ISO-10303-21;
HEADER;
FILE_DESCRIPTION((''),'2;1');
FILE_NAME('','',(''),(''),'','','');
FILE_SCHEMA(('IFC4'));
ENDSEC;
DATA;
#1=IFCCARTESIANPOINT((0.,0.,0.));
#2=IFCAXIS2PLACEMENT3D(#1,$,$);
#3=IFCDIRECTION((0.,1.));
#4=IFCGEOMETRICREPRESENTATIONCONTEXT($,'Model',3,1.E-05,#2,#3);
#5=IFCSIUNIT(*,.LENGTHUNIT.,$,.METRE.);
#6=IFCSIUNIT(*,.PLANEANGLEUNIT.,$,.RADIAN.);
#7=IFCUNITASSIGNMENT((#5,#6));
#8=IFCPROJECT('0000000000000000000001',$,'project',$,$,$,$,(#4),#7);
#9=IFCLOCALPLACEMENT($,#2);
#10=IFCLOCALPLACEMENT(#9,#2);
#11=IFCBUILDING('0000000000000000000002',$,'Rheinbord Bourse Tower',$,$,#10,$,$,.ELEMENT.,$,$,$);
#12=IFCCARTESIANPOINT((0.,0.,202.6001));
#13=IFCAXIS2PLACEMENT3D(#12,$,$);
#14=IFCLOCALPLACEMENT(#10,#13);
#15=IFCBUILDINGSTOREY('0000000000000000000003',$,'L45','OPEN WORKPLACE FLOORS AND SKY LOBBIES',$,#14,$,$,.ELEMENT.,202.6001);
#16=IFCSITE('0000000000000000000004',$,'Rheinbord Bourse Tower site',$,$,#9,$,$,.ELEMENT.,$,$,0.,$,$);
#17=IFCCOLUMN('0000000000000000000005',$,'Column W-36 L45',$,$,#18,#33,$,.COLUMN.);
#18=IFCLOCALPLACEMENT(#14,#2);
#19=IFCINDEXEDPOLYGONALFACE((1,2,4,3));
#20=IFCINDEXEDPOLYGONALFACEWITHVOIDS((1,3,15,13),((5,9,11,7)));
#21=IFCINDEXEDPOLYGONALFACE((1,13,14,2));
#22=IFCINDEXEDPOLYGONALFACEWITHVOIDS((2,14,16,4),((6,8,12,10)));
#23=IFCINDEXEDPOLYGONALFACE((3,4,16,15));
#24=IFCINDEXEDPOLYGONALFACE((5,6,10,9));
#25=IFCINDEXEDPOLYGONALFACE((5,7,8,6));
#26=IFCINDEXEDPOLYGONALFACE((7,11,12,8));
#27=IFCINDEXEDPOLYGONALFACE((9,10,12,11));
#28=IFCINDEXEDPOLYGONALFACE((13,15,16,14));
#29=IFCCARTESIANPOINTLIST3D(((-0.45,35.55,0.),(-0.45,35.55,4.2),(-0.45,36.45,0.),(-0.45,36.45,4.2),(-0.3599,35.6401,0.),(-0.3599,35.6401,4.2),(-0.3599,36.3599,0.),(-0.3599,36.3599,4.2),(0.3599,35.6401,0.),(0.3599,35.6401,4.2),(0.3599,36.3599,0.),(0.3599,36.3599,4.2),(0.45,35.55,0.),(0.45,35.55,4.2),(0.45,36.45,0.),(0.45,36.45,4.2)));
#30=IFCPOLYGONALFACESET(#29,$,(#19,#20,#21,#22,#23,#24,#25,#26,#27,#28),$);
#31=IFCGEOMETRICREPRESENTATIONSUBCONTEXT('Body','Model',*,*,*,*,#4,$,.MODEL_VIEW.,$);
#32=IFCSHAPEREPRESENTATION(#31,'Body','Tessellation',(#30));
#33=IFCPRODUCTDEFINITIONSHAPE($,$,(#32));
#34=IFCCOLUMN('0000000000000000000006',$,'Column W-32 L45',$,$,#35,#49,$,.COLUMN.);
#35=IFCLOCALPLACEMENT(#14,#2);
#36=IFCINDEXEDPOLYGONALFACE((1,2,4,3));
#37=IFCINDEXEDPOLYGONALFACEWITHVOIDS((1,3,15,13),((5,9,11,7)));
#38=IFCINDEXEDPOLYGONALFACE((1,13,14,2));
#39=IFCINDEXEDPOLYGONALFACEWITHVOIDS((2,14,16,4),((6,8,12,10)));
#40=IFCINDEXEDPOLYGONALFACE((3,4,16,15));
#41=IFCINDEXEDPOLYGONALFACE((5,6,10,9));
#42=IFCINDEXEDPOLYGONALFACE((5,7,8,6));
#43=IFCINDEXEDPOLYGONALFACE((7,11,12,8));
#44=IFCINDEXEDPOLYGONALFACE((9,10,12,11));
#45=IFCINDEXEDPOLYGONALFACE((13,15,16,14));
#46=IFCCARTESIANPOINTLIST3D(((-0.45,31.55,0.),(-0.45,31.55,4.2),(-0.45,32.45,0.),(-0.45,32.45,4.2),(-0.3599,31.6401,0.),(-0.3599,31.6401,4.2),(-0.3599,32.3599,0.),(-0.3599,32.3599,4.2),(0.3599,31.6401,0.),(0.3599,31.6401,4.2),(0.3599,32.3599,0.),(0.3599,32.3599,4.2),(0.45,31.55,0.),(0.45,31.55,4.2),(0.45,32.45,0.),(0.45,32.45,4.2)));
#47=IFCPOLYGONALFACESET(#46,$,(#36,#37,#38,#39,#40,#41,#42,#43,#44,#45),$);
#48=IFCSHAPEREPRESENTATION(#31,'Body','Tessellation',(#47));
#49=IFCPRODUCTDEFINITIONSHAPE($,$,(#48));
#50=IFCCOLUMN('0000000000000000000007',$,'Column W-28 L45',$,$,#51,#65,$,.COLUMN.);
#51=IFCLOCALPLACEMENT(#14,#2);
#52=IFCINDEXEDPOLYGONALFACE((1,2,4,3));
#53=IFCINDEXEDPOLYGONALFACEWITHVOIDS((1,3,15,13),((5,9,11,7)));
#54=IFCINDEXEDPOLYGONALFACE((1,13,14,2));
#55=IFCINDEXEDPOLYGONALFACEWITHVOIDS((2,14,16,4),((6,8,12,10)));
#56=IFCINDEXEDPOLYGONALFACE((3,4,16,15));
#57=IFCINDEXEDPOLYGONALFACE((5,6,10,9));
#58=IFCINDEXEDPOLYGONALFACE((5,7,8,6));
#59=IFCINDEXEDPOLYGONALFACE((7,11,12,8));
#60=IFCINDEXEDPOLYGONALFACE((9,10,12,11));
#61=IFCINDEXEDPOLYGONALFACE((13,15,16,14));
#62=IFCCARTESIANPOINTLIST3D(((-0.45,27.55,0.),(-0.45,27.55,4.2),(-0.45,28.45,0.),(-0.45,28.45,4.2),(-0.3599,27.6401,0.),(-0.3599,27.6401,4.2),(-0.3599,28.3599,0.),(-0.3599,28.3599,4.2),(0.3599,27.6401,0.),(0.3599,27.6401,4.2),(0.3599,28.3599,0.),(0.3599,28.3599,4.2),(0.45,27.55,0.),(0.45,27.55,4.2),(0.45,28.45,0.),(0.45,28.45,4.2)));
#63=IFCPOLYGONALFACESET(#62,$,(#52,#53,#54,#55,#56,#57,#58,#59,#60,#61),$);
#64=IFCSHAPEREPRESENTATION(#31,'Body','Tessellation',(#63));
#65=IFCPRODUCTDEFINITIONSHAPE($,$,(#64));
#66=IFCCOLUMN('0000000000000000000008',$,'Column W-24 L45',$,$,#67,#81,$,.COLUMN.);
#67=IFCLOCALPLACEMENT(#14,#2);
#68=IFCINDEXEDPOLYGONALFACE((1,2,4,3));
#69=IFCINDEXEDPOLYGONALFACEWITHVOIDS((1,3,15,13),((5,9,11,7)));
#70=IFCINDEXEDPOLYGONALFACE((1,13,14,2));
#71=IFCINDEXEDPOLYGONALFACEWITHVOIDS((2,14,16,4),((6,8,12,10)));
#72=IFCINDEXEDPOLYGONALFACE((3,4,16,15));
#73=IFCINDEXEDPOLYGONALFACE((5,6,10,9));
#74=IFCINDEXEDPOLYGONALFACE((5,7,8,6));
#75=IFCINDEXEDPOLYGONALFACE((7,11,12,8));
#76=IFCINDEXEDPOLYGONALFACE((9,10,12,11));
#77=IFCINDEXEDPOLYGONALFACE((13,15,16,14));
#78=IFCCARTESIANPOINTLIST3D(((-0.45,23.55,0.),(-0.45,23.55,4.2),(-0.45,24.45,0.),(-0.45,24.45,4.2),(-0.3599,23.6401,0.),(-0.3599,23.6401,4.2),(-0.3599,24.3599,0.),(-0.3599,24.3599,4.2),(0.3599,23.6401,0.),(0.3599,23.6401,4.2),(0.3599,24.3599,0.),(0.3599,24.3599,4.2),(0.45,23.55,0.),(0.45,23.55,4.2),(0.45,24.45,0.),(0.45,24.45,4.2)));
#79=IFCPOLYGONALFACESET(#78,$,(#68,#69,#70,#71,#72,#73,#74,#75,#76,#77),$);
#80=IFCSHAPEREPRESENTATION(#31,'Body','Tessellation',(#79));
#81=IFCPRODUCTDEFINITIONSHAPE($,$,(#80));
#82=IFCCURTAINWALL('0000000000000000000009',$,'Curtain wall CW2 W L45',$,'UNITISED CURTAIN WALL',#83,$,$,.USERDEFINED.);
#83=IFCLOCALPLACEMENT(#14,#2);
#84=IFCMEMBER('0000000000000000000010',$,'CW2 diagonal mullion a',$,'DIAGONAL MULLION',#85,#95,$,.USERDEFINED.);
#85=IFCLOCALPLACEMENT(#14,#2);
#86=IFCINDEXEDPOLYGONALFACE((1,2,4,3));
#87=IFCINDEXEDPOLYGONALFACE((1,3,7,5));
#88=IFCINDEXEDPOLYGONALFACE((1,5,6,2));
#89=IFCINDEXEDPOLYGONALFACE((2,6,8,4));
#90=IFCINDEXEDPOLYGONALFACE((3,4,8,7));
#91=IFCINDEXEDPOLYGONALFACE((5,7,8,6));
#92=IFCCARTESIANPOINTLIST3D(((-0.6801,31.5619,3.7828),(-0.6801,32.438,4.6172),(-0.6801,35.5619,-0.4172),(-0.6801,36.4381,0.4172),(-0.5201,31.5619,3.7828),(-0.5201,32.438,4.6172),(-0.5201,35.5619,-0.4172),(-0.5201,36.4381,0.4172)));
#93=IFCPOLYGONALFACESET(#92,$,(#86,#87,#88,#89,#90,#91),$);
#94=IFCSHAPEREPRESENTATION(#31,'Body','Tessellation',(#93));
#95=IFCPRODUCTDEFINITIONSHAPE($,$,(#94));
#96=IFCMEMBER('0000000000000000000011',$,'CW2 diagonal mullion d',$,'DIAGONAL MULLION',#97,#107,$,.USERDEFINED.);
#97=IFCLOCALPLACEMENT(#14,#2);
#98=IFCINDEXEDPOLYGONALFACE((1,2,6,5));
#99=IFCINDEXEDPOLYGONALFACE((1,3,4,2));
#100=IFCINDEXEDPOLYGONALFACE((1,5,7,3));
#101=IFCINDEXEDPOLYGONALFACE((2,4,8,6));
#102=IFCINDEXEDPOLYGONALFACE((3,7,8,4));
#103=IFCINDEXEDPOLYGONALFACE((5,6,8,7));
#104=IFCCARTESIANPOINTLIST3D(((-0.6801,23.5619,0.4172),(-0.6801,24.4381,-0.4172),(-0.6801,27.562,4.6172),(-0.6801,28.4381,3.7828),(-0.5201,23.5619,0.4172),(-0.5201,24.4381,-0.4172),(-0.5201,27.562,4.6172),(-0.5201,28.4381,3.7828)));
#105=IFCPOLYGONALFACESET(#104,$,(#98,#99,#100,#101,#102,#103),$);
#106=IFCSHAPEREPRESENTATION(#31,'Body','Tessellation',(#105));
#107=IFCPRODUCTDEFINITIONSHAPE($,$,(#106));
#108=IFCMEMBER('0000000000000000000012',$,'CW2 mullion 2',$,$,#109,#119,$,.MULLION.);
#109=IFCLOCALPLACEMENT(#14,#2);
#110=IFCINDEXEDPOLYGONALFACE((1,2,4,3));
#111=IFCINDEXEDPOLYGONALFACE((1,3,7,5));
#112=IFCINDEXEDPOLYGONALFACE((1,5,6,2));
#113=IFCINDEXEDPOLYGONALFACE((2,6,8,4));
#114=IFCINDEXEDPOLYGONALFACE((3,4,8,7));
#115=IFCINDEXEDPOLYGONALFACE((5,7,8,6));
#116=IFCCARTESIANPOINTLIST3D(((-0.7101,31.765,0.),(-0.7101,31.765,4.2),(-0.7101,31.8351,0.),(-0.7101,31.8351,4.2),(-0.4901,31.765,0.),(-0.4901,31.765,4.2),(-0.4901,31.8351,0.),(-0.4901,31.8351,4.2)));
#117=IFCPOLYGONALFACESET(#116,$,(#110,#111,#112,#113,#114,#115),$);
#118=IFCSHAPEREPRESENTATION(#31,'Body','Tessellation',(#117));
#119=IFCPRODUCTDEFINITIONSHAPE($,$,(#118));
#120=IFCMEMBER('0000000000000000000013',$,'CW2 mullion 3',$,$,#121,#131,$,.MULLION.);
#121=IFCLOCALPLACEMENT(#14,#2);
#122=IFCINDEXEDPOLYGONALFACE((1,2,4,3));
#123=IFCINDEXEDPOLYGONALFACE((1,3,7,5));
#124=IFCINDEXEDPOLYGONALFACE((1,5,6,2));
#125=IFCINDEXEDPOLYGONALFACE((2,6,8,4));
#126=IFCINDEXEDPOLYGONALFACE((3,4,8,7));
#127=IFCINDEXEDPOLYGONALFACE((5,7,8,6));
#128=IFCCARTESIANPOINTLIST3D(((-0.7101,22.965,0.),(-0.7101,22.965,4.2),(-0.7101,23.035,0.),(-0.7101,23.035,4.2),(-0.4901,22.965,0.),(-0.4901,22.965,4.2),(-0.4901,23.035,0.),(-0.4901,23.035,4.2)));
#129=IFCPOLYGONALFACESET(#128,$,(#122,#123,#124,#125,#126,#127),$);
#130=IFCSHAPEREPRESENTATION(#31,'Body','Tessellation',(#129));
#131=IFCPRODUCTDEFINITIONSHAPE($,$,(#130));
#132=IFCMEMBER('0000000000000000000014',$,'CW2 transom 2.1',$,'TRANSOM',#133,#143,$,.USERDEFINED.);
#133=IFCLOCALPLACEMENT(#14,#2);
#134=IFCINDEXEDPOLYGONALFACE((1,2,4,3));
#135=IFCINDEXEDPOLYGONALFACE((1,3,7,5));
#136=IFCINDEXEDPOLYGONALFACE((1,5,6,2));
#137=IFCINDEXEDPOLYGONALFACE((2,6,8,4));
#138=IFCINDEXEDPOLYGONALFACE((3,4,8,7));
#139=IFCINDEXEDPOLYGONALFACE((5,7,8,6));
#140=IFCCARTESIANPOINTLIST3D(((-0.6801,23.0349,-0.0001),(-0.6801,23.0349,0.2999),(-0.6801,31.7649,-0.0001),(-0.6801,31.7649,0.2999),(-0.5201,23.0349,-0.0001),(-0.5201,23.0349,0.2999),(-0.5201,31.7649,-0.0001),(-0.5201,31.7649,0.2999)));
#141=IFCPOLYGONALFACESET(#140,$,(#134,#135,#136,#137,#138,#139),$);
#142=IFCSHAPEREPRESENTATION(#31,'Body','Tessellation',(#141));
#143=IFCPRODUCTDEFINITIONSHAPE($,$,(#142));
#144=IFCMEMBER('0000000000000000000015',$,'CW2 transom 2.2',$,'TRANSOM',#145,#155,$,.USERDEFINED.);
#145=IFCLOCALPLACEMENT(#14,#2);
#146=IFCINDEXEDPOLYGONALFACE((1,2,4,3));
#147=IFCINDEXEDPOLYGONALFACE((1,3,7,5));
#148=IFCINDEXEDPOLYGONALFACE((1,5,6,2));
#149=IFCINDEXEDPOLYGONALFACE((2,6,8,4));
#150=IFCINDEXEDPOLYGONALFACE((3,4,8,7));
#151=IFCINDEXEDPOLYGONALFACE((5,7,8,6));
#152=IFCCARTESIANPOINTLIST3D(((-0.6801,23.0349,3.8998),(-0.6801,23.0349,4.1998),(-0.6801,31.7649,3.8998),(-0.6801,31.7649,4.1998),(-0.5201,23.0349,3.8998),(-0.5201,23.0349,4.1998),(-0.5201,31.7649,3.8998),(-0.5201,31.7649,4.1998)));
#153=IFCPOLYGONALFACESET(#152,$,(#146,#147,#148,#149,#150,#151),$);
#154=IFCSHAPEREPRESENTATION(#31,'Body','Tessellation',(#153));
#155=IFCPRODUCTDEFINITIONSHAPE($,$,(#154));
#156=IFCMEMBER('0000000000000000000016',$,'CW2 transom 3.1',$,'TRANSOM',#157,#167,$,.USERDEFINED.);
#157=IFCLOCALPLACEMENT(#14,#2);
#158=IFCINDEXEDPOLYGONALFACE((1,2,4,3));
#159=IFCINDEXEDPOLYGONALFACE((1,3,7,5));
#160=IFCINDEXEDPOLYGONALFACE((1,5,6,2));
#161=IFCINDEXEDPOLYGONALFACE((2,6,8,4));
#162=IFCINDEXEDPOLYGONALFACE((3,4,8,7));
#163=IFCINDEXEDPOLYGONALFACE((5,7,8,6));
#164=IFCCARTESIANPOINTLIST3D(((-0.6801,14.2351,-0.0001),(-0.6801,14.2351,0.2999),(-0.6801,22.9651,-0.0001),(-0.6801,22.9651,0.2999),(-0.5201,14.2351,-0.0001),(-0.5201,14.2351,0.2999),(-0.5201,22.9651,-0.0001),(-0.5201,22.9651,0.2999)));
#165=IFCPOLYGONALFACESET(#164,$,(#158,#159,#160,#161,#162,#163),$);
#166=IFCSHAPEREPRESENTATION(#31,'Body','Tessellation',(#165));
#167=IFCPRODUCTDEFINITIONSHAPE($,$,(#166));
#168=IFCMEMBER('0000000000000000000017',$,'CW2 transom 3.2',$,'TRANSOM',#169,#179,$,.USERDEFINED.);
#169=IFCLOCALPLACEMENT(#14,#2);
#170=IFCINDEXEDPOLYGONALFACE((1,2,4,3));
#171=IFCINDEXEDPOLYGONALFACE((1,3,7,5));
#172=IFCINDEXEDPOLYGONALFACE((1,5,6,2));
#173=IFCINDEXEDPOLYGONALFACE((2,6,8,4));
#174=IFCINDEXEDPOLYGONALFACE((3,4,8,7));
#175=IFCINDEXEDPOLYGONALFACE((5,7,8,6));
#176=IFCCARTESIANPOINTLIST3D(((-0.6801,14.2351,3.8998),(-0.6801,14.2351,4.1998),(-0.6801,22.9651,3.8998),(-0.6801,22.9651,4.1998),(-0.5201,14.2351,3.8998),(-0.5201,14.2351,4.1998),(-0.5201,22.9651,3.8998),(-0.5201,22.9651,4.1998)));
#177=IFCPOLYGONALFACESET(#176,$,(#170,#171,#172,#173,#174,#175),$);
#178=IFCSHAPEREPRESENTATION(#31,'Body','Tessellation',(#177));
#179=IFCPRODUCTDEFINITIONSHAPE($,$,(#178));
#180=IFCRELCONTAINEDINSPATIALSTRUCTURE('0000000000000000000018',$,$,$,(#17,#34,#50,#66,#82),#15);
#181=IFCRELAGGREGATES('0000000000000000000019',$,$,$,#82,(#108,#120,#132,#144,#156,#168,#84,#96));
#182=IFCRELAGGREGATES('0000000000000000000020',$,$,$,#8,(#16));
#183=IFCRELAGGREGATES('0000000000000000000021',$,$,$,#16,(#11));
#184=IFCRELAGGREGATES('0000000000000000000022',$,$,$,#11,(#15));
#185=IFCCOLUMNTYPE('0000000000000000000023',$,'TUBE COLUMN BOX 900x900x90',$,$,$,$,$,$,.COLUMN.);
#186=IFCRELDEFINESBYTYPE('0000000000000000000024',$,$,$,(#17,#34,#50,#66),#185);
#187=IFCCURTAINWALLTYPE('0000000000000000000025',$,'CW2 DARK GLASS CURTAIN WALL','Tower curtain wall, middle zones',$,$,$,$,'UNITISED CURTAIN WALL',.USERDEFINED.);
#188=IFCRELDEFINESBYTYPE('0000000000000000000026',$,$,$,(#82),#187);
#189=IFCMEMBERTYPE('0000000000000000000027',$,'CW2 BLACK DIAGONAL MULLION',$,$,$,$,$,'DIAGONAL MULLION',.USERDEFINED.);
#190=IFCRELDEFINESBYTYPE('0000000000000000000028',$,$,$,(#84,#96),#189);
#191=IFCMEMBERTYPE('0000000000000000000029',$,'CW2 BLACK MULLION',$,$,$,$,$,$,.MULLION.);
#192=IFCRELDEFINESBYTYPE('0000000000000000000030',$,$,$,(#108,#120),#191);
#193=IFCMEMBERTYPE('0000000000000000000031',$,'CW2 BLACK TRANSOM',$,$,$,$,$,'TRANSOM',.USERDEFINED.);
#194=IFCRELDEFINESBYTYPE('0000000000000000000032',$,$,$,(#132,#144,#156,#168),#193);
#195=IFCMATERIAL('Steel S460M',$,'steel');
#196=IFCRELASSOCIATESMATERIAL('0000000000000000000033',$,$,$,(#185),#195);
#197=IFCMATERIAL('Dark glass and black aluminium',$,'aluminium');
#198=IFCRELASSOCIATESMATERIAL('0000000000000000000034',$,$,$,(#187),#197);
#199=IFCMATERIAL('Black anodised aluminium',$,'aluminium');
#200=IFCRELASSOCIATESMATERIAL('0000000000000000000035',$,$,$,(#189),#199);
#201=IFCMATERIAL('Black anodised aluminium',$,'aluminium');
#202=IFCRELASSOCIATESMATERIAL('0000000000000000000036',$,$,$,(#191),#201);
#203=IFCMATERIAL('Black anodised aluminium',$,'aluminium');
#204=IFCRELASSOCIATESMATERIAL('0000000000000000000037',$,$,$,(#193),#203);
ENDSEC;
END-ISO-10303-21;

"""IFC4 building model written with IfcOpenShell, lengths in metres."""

from ifc_helpers import new_model, si_unit, direction, frame, origin, origin_2d, place, context, subcontext, project, spatial, rectangle, hollow_rectangle, extrude, material, material_profile, profile_set, type_object, element, aggregate, save


model = new_model("IFC4")

# Units and contexts
model_context = context("Model", 3, precision=1e-05, world=origin(), true_north=direction((0.0, 1.0)))
body_context = subcontext(model_context, "Body", "Model", "MODEL_VIEW")
ifc_project = project(units=[si_unit("LENGTHUNIT", "METRE"), si_unit("PLANEANGLEUNIT", "RADIAN")], contexts=[model_context])

# Site, building, storey
site_placement = place(None, origin())
site = spatial("IfcSite", under=ifc_project, at=site_placement, Name="Rheinbord Bourse Tower site", CompositionType="ELEMENT", RefElevation=0.0)
building_placement = place(site_placement, origin())
building = spatial("IfcBuilding", under=site, at=building_placement, Name="Rheinbord Bourse Tower", CompositionType="ELEMENT")
storey_placement = place(building_placement, frame((0.0, 0.0, 202.6001)))
storey = spatial("IfcBuildingStorey", under=building, at=storey_placement, Name="L45", Description="OPEN WORKPLACE FLOORS AND SKY LOBBIES", CompositionType="ELEMENT", Elevation=202.6001)

# Columns
ifc_material_1 = material(Name="Steel S460M", Category="steel")
ifc_material_profile_1 = material_profile(ifc_material_1, hollow_rectangle(XDim=0.8999, YDim=0.8999, WallThickness=0.0901, at=origin_2d()), Name="BOX 900x900x90")
ifc_profile_set_1 = profile_set([ifc_material_profile_1], Name="Steel S460M")
column_type = type_object("IfcColumnType", Name="TUBE COLUMN BOX 900x900x90", PredefinedType="COLUMN", material=ifc_profile_set_1)
for number, where, z_axis, x_axis, name in (
    (1, (0.0, 36.0, 0.0), (0.0, 0.0, 1.0), (1.0, 0.0, 0.0), "Column W-36 L45"),
    (2, (0.0, 32.0, 0.0), (0.0, 0.0, 1.0), (1.0, 0.0, 0.0), "Column W-32 L45"),
    (3, (0.0, 28.0, 0.0), (0.0, 0.0, 1.0), (1.0, 0.0, 0.0), "Column W-28 L45"),
    (4, (0.0, 24.0, 0.0), (0.0, 0.0, 1.0), (1.0, 0.0, 0.0), "Column W-24 L45"),
):
    element("IfcColumn", number, at=place(storey_placement, frame(where, z_axis=z_axis, x_axis=x_axis)), inside=storey, type_object=column_type, Name=name, PredefinedType="COLUMN", context=body_context, shape_type="SweptSolid", body=[
        extrude(hollow_rectangle(XDim=0.8999, YDim=0.8999, WallThickness=0.0901, at=origin_2d()), origin(), (0.0, 0.0, 1.0), 4.2),
    ])

# Curtain wall, members
ifc_material_2 = material(Name="Dark glass and black aluminium", Category="aluminium")
curtain_wall_type = type_object("IfcCurtainWallType", Name="CW2 DARK GLASS CURTAIN WALL", Description="Tower curtain wall, middle zones", ElementType="UNITISED CURTAIN WALL", PredefinedType="USERDEFINED", material=ifc_material_2)
curtain_wall_placement = place(storey_placement, origin())
curtain_wall = element("IfcCurtainWall", 5, at=curtain_wall_placement, inside=storey, type_object=curtain_wall_type, Name="Curtain wall CW2 W L45", ObjectType="UNITISED CURTAIN WALL", PredefinedType="USERDEFINED")
ifc_material_3 = material(Name="Black anodised aluminium", Category="aluminium")
ifc_material_profile_2 = material_profile(ifc_material_3, rectangle(XDim=0.1599, YDim=1.21, at=origin_2d()), Name="CW2 DIAGONAL MULLION 1210x160")
ifc_profile_set_2 = profile_set([ifc_material_profile_2], Name="Black anodised aluminium")
member_type_1 = type_object("IfcMemberType", Name="CW2 BLACK DIAGONAL MULLION", ElementType="DIAGONAL MULLION", PredefinedType="USERDEFINED", material=ifc_profile_set_2)
member_1_placement = place(storey_placement, frame((-0.6001, 36.0, 0.0), z_axis=(0.0, -0.689659, 0.724134), x_axis=(1.0, 0.0, 0.0)))
member_1 = element("IfcMember", 6, at=member_1_placement, type_object=member_type_1, Name="CW2 diagonal mullion a", ObjectType="DIAGONAL MULLION", PredefinedType="USERDEFINED", context=body_context, shape_type="SweptSolid", body=[
    extrude(rectangle(XDim=0.1599, YDim=1.21, at=origin_2d()), origin(), (0.0, 0.0, 1.0), 5.8),
])
member_2_placement = place(storey_placement, frame((-0.6001, 24.0, 0.0), z_axis=(0.0, 0.689659, 0.724134), x_axis=(-1.0, 0.0, 0.0)))
member_2 = element("IfcMember", 7, at=member_2_placement, type_object=member_type_1, Name="CW2 diagonal mullion d", ObjectType="DIAGONAL MULLION", PredefinedType="USERDEFINED", context=body_context, shape_type="SweptSolid", body=[
    extrude(rectangle(XDim=0.1599, YDim=1.21, at=origin_2d()), origin(), (0.0, 0.0, 1.0), 5.8),
])
ifc_material_4 = material(Name="Black anodised aluminium", Category="aluminium")
ifc_material_profile_3 = material_profile(ifc_material_4, rectangle(XDim=0.22, YDim=0.0701, at=origin_2d()), Name="CW2 MULLION 70x220")
ifc_profile_set_3 = profile_set([ifc_material_profile_3], Name="Black anodised aluminium")
member_type_2 = type_object("IfcMemberType", Name="CW2 BLACK MULLION", PredefinedType="MULLION", material=ifc_profile_set_3)
member_3_placement = place(storey_placement, frame((-0.6001, 31.8, 0.0), z_axis=(0.0, 0.0, 1.0), x_axis=(1.0, 0.0, 0.0)))
member_3 = element("IfcMember", 8, at=member_3_placement, type_object=member_type_2, Name="CW2 mullion 2", PredefinedType="MULLION", context=body_context, shape_type="SweptSolid", body=[
    extrude(rectangle(XDim=0.22, YDim=0.0701, at=origin_2d()), origin(), (0.0, 0.0, 1.0), 4.2),
])
member_4_placement = place(storey_placement, frame((-0.6001, 23.0, 0.0), z_axis=(0.0, 0.0, 1.0), x_axis=(1.0, 0.0, 0.0)))
member_4 = element("IfcMember", 9, at=member_4_placement, type_object=member_type_2, Name="CW2 mullion 3", PredefinedType="MULLION", context=body_context, shape_type="SweptSolid", body=[
    extrude(rectangle(XDim=0.22, YDim=0.0701, at=origin_2d()), origin(), (0.0, 0.0, 1.0), 4.2),
])
ifc_material_5 = material(Name="Black anodised aluminium", Category="aluminium")
ifc_material_profile_4 = material_profile(ifc_material_5, rectangle(XDim=0.1599, YDim=0.3, at=origin_2d()), Name="CW2 TRANSOM 300x160")
ifc_profile_set_4 = profile_set([ifc_material_profile_4], Name="Black anodised aluminium")
member_type_3 = type_object("IfcMemberType", Name="CW2 BLACK TRANSOM", ElementType="TRANSOM", PredefinedType="USERDEFINED", material=ifc_profile_set_4)
member_5_placement = place(storey_placement, frame((-0.6001, 31.7649, 0.1499), z_axis=(0.0, -1.0, 0.0), x_axis=(1.0, 0.0, 0.0)))
member_5 = element("IfcMember", 10, at=member_5_placement, type_object=member_type_3, Name="CW2 transom 2.1", ObjectType="TRANSOM", PredefinedType="USERDEFINED", context=body_context, shape_type="SweptSolid", body=[
    extrude(rectangle(XDim=0.1599, YDim=0.3, at=origin_2d()), origin(), (0.0, 0.0, 1.0), 8.73),
])
member_6_placement = place(storey_placement, frame((-0.6001, 31.7649, 4.0498), z_axis=(0.0, -1.0, 0.0), x_axis=(1.0, 0.0, 0.0)))
member_6 = element("IfcMember", 11, at=member_6_placement, type_object=member_type_3, Name="CW2 transom 2.2", ObjectType="TRANSOM", PredefinedType="USERDEFINED", context=body_context, shape_type="SweptSolid", body=[
    extrude(rectangle(XDim=0.1599, YDim=0.3, at=origin_2d()), origin(), (0.0, 0.0, 1.0), 8.73),
])
member_7_placement = place(storey_placement, frame((-0.6001, 22.9651, 0.1499), z_axis=(0.0, -1.0, 0.0), x_axis=(1.0, 0.0, 0.0)))
member_7 = element("IfcMember", 12, at=member_7_placement, type_object=member_type_3, Name="CW2 transom 3.1", ObjectType="TRANSOM", PredefinedType="USERDEFINED", context=body_context, shape_type="SweptSolid", body=[
    extrude(rectangle(XDim=0.1599, YDim=0.3, at=origin_2d()), origin(), (0.0, 0.0, 1.0), 8.73),
])
member_8_placement = place(storey_placement, frame((-0.6001, 22.9651, 4.0498), z_axis=(0.0, -1.0, 0.0), x_axis=(1.0, 0.0, 0.0)))
member_8 = element("IfcMember", 13, at=member_8_placement, type_object=member_type_3, Name="CW2 transom 3.2", ObjectType="TRANSOM", PredefinedType="USERDEFINED", context=body_context, shape_type="SweptSolid", body=[
    extrude(rectangle(XDim=0.1599, YDim=0.3, at=origin_2d()), origin(), (0.0, 0.0, 1.0), 8.73),
])

aggregate(curtain_wall, [member_3, member_4, member_5, member_6, member_7, member_8, member_1, member_2])

save(model, "model.ifc")
